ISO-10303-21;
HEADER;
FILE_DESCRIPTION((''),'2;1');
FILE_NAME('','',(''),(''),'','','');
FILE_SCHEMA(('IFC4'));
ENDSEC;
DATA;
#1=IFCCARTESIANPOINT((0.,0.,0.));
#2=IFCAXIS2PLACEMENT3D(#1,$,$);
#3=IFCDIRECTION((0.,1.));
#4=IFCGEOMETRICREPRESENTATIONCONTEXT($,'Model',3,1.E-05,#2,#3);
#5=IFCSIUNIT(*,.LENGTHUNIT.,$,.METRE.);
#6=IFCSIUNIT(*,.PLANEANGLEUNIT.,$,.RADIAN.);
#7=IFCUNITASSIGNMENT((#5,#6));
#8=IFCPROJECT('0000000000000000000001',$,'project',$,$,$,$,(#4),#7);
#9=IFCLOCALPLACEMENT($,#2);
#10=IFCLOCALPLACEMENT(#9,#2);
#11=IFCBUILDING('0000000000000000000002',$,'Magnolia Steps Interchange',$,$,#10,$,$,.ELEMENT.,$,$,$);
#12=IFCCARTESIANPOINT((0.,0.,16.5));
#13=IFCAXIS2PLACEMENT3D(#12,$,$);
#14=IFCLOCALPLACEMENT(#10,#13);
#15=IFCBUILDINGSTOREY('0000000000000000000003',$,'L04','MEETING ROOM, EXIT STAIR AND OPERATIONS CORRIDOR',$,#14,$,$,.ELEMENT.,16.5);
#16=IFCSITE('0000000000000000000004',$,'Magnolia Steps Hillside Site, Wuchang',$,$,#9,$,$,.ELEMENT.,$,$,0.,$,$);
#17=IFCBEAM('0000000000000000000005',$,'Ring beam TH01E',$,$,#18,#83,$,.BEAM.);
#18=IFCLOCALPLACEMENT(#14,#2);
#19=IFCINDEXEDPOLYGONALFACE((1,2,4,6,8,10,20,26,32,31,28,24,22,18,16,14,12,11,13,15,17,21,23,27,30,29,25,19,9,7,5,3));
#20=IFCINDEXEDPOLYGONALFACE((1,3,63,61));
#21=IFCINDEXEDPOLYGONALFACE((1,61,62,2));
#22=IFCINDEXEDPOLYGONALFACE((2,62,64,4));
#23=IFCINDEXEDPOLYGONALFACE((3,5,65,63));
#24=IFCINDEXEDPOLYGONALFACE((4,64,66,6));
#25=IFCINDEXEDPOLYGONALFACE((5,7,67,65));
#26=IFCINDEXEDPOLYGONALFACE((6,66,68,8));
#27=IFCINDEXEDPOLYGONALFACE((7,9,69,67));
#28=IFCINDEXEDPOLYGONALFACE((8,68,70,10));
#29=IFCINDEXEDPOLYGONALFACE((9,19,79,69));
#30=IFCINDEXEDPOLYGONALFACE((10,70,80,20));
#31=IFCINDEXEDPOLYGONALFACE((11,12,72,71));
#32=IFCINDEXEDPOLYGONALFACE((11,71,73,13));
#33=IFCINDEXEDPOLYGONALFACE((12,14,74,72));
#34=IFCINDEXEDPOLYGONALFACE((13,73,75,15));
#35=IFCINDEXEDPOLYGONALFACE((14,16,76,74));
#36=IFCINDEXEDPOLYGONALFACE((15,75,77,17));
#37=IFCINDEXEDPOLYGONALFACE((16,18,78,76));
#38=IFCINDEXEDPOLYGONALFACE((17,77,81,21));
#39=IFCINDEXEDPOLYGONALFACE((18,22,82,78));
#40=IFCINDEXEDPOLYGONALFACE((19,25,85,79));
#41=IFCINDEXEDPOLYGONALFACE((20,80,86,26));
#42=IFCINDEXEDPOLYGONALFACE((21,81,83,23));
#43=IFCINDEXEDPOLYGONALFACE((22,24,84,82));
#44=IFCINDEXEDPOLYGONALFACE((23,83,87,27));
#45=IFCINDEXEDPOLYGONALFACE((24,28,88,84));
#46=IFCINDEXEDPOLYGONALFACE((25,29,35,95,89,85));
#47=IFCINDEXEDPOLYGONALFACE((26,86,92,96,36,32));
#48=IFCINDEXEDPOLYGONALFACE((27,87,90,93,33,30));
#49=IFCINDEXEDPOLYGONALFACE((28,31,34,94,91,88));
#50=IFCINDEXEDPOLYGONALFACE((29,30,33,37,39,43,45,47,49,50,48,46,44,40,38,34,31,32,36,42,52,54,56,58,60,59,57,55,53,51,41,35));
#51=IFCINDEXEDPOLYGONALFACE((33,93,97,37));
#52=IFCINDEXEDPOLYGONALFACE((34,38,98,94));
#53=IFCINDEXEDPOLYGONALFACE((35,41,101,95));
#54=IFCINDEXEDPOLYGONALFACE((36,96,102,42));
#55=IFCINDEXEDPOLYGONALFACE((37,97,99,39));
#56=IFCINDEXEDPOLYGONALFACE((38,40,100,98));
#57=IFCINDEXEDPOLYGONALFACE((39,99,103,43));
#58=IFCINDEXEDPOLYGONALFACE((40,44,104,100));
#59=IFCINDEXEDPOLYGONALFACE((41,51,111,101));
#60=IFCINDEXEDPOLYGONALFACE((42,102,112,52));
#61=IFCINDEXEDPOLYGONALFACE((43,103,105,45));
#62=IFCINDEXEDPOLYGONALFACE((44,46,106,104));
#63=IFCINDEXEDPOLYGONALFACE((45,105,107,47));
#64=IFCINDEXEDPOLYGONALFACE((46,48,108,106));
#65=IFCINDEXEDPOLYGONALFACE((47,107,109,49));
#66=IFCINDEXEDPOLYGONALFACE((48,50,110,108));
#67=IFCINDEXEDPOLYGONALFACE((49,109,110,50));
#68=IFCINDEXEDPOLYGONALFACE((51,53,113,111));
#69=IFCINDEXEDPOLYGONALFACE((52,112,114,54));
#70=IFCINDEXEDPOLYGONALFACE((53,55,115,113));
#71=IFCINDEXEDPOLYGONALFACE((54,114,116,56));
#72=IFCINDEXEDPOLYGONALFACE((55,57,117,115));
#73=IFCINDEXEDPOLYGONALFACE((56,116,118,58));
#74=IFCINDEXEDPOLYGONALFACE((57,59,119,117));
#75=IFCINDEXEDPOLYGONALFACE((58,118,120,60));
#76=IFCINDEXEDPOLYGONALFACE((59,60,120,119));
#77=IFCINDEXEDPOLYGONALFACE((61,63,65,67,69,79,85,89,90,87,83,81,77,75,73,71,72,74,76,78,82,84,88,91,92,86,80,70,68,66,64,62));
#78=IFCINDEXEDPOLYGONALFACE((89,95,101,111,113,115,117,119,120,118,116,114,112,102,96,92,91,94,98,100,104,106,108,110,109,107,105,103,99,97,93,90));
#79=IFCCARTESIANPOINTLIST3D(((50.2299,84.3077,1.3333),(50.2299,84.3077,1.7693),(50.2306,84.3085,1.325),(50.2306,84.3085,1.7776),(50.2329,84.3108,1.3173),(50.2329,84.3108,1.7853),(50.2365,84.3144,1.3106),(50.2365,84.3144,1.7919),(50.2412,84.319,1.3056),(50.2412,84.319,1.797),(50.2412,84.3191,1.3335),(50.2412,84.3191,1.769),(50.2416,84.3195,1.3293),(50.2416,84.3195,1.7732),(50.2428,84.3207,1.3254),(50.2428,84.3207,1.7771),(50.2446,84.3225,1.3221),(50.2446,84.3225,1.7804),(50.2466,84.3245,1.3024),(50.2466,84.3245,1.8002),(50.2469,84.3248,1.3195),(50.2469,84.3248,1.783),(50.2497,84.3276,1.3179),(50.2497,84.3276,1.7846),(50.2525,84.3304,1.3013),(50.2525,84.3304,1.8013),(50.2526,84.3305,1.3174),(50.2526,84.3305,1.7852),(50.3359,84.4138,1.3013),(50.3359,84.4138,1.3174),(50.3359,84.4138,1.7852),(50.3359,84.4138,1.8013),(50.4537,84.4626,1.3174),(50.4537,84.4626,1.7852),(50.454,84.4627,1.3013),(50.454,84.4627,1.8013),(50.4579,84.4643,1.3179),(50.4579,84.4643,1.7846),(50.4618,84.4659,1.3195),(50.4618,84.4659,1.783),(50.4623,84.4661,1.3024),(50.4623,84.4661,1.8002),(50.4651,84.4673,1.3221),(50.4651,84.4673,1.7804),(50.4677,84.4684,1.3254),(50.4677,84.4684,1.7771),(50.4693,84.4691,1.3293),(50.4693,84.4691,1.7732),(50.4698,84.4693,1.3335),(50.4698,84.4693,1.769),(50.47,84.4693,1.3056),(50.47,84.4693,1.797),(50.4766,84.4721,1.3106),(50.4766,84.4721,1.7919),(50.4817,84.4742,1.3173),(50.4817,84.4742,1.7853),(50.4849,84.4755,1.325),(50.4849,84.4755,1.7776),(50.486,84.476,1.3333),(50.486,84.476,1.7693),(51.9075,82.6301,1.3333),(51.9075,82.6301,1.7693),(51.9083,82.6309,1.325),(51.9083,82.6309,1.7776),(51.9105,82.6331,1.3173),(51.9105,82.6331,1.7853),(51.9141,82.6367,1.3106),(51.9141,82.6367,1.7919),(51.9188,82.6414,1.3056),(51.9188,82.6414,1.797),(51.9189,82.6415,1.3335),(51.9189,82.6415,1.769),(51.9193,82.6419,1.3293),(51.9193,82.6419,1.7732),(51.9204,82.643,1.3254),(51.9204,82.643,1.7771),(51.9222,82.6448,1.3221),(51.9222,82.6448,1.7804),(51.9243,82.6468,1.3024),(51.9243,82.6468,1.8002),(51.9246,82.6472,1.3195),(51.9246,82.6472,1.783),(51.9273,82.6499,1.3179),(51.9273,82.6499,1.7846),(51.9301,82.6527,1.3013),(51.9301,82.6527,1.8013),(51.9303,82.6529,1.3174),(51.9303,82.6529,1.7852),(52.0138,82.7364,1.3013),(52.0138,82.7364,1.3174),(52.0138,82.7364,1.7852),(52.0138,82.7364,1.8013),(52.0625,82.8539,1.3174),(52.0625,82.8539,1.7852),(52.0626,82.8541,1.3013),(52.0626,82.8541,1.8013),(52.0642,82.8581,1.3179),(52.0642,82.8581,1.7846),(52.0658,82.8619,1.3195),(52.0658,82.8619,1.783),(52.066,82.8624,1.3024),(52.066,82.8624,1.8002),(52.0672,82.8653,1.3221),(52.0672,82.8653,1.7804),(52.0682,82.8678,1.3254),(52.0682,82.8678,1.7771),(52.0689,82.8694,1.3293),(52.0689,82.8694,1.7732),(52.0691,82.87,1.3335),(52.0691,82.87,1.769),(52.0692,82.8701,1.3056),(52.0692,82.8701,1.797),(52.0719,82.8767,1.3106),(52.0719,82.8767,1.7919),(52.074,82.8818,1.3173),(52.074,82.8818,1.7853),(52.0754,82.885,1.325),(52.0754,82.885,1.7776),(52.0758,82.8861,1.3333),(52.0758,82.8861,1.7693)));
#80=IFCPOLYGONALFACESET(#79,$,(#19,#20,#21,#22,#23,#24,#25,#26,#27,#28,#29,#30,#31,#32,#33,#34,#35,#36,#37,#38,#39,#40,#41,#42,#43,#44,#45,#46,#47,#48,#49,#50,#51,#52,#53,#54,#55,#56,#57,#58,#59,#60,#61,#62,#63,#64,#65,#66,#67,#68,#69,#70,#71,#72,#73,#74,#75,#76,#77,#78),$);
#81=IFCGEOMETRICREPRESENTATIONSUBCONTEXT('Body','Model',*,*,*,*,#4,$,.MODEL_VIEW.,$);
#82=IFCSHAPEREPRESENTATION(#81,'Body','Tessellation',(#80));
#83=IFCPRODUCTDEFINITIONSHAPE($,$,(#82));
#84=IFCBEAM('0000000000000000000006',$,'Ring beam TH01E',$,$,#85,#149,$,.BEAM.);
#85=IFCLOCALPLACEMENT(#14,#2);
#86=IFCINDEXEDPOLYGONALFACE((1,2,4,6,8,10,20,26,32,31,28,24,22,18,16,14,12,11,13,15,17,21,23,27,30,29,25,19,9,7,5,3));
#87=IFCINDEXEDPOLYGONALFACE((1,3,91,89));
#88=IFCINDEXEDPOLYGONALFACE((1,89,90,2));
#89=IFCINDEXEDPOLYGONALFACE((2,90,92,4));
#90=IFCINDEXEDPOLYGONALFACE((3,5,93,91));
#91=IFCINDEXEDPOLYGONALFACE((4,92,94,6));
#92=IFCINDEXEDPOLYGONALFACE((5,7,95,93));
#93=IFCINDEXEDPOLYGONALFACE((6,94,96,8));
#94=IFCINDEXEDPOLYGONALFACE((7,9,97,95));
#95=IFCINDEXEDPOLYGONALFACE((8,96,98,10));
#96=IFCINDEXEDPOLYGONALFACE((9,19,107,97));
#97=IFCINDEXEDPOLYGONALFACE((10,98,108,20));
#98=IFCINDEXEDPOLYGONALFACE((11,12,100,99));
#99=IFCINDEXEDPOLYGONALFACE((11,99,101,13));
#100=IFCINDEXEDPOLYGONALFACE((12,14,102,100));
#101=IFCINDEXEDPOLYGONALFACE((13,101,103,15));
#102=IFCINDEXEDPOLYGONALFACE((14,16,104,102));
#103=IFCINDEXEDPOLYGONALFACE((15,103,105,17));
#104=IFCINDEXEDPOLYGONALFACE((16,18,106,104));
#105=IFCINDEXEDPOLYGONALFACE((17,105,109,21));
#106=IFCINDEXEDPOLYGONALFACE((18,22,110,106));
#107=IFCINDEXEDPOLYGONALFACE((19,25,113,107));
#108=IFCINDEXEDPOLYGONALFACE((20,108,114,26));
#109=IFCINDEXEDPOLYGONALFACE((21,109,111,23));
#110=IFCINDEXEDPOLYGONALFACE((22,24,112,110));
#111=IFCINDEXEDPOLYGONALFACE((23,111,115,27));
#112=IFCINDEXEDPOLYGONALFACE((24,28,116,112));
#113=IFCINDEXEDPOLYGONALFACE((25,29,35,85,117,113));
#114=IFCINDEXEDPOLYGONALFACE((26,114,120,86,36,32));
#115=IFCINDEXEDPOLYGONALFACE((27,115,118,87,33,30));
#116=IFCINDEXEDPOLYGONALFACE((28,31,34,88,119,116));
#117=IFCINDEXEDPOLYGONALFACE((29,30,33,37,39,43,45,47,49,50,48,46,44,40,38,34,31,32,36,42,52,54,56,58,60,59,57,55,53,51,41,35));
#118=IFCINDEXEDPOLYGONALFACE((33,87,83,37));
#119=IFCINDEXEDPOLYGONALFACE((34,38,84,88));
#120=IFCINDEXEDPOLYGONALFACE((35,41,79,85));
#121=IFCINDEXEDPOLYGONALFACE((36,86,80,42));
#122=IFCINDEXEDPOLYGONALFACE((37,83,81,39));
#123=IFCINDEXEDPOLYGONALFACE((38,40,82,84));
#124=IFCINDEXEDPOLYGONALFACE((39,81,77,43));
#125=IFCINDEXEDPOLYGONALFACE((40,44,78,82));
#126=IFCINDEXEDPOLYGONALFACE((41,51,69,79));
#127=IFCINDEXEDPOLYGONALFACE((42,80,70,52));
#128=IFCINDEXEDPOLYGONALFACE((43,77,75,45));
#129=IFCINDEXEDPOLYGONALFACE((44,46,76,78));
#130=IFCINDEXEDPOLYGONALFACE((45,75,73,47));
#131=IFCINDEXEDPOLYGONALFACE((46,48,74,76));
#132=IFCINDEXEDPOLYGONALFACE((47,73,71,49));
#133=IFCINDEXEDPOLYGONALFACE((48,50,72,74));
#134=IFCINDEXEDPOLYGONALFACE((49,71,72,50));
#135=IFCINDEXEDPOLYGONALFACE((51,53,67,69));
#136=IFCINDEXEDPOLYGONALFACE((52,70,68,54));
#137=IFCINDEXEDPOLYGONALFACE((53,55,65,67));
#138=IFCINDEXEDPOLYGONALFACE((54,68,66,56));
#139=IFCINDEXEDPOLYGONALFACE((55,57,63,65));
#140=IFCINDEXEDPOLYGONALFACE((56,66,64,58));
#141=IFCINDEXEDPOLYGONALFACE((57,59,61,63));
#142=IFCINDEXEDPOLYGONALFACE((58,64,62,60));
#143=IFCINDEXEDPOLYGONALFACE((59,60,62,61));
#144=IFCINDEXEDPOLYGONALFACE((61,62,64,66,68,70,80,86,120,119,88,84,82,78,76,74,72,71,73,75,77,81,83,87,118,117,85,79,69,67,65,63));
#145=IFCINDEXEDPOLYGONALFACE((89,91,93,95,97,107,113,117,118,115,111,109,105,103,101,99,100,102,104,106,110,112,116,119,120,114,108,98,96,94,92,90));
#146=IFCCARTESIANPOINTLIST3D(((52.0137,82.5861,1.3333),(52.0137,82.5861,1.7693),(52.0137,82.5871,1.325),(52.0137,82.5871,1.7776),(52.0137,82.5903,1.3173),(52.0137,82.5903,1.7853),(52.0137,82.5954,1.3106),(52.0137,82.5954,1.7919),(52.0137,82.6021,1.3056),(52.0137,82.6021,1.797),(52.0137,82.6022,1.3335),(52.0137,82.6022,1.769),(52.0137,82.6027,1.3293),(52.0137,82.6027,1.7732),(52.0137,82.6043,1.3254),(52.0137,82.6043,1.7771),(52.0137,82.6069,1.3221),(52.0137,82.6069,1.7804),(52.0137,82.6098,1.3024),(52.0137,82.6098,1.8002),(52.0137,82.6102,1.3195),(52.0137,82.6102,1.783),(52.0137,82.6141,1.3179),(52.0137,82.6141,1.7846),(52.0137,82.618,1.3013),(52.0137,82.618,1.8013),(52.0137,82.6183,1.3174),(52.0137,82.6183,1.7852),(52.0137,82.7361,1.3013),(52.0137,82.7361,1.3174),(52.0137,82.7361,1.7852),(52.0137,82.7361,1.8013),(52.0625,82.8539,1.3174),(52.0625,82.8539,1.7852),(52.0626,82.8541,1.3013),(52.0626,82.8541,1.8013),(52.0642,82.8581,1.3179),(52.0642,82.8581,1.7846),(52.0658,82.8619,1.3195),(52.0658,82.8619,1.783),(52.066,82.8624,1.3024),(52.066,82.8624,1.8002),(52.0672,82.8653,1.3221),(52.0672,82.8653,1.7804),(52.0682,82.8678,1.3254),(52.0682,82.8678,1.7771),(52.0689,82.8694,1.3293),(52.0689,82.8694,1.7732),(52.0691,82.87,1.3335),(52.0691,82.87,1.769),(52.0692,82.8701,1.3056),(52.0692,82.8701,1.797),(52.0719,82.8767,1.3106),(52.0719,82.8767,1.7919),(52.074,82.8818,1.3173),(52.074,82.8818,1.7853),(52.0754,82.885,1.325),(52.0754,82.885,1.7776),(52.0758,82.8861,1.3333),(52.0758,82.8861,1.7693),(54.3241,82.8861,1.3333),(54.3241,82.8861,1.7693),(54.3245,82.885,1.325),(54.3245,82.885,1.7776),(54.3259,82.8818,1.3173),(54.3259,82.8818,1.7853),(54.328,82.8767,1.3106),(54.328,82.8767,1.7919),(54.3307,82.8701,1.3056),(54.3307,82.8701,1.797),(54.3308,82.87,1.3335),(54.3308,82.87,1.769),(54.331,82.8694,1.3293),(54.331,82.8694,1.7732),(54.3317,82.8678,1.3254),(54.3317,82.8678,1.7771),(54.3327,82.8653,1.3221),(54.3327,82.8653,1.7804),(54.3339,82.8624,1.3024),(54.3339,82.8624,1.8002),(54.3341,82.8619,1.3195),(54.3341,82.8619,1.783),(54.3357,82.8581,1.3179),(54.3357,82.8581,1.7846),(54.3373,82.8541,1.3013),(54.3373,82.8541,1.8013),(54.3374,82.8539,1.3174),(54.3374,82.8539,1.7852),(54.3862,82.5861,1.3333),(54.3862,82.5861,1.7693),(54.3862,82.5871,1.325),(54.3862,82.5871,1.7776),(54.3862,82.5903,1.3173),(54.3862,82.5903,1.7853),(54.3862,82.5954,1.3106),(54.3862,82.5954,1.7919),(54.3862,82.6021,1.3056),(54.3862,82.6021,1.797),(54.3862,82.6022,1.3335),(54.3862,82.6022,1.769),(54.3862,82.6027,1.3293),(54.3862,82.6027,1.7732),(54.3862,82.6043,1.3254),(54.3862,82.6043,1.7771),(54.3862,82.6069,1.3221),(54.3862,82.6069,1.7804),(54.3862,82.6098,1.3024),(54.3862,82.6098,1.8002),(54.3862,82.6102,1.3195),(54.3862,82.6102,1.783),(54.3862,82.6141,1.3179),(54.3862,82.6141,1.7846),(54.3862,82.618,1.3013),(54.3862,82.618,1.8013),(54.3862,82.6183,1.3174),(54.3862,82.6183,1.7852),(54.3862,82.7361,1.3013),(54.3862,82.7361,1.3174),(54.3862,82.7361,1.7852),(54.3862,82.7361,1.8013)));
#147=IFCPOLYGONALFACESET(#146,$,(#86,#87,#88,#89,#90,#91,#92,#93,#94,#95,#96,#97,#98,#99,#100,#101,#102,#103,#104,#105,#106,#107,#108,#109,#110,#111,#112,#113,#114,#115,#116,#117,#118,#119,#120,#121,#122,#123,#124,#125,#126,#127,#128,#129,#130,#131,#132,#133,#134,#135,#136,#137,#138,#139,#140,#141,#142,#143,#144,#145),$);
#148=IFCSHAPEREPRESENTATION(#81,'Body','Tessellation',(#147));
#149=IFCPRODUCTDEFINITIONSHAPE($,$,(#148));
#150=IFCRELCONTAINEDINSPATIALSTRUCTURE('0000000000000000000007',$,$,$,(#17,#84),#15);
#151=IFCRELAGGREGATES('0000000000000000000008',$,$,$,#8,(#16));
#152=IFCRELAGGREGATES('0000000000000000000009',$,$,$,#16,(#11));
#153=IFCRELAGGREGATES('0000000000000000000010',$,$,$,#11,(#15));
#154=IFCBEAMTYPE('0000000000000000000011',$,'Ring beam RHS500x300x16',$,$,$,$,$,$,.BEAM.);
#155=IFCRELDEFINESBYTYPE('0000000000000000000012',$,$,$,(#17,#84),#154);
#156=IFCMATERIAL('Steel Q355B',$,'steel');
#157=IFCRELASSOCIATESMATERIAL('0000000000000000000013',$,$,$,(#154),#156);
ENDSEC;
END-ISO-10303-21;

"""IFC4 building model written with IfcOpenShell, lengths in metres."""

from ifc_helpers import new_model, si_unit, direction, frame, origin, origin_2d, place, context, subcontext, project, spatial, hollow_rectangle, extrude, clip, halfspace, material, material_profile, profile_set, type_object, element, save


model = new_model("IFC4")

# Units and contexts
model_context = context("Model", 3, precision=1e-05, world=origin(), true_north=direction((0.0, 1.0)))
body_context = subcontext(model_context, "Body", "Model", "MODEL_VIEW")
ifc_project = project(units=[si_unit("LENGTHUNIT", "METRE"), si_unit("PLANEANGLEUNIT", "RADIAN")], contexts=[model_context])

# Site, building, storey
site_placement = place(None, origin())
site = spatial("IfcSite", under=ifc_project, at=site_placement, Name="Magnolia Steps Hillside Site, Wuchang", CompositionType="ELEMENT", RefElevation=0.0)
building_placement = place(site_placement, origin())
building = spatial("IfcBuilding", under=site, at=building_placement, Name="Magnolia Steps Interchange", CompositionType="ELEMENT")
storey_placement = place(building_placement, frame((0.0, 0.0, 16.5)))
storey = spatial("IfcBuildingStorey", under=building, at=storey_placement, Name="L04", Description="MEETING ROOM, EXIT STAIR AND OPERATIONS CORRIDOR", CompositionType="ELEMENT", Elevation=16.5)

# Beams
ifc_material_1 = material(Name="Steel Q355B", Category="steel")
ifc_material_profile_1 = material_profile(ifc_material_1, hollow_rectangle(XDim=0.3, YDim=0.5, WallThickness=0.0161, InnerFilletRadius=0.0161, OuterFilletRadius=0.032, at=origin_2d()), Name="RHS500x300x16")
ifc_profile_set_1 = profile_set([ifc_material_profile_1], Name="Steel Q355B")
beam_type_1 = type_object("IfcBeamType", Name="Ring beam RHS500x300x16", PredefinedType="BEAM", material=ifc_profile_set_1)
beam_1_placement = place(storey_placement, frame((50.3359, 84.4138, 1.5513), z_axis=(0.707107, -0.707107, 0.0), x_axis=(0.707107, 0.707107, 0.0)))
element("IfcBeam", 1, at=beam_1_placement, inside=storey, type_object=beam_type_1, Name="Ring beam TH01E", PredefinedType="BEAM", context=body_context, shape_type="Clipping", body=[
    clip(clip(extrude(hollow_rectangle(XDim=0.3, YDim=0.5, WallThickness=0.0161, InnerFilletRadius=0.0161, OuterFilletRadius=0.032, at=origin_2d()), origin(), (0.0, 0.0, 1.0), 2.3726), halfspace(frame((0.0, 0.0, 0.0), z_axis=(0.382683, 0.0, -0.92388), x_axis=(0.92388, 0.0, 0.382683)), False)), halfspace(frame((0.0, 0.0, 2.3727), z_axis=(0.382683, 0.0, 0.92388), x_axis=(0.92388, 0.0, -0.382683)), False)),
])
beam_2_placement = place(storey_placement, frame((52.0137, 82.7361, 1.5513), z_axis=(1.0, 0.0, 0.0), x_axis=(0.0, 1.0, 0.0)))
element("IfcBeam", 2, at=beam_2_placement, inside=storey, type_object=beam_type_1, Name="Ring beam TH01E", PredefinedType="BEAM", context=body_context, shape_type="Clipping", body=[
    clip(clip(extrude(hollow_rectangle(XDim=0.3, YDim=0.5, WallThickness=0.0161, InnerFilletRadius=0.0161, OuterFilletRadius=0.032, at=origin_2d()), origin(), (0.0, 0.0, 1.0), 2.3726), halfspace(frame((0.0, 0.0, 0.0), z_axis=(0.382683, 0.0, -0.92388), x_axis=(0.92388, 0.0, 0.382683)), False)), halfspace(frame((0.0, 0.0, 2.3726), z_axis=(0.382683, 0.0, 0.92388), x_axis=(0.92388, 0.0, -0.382683)), False)),
])

save(model, "model.ifc")
